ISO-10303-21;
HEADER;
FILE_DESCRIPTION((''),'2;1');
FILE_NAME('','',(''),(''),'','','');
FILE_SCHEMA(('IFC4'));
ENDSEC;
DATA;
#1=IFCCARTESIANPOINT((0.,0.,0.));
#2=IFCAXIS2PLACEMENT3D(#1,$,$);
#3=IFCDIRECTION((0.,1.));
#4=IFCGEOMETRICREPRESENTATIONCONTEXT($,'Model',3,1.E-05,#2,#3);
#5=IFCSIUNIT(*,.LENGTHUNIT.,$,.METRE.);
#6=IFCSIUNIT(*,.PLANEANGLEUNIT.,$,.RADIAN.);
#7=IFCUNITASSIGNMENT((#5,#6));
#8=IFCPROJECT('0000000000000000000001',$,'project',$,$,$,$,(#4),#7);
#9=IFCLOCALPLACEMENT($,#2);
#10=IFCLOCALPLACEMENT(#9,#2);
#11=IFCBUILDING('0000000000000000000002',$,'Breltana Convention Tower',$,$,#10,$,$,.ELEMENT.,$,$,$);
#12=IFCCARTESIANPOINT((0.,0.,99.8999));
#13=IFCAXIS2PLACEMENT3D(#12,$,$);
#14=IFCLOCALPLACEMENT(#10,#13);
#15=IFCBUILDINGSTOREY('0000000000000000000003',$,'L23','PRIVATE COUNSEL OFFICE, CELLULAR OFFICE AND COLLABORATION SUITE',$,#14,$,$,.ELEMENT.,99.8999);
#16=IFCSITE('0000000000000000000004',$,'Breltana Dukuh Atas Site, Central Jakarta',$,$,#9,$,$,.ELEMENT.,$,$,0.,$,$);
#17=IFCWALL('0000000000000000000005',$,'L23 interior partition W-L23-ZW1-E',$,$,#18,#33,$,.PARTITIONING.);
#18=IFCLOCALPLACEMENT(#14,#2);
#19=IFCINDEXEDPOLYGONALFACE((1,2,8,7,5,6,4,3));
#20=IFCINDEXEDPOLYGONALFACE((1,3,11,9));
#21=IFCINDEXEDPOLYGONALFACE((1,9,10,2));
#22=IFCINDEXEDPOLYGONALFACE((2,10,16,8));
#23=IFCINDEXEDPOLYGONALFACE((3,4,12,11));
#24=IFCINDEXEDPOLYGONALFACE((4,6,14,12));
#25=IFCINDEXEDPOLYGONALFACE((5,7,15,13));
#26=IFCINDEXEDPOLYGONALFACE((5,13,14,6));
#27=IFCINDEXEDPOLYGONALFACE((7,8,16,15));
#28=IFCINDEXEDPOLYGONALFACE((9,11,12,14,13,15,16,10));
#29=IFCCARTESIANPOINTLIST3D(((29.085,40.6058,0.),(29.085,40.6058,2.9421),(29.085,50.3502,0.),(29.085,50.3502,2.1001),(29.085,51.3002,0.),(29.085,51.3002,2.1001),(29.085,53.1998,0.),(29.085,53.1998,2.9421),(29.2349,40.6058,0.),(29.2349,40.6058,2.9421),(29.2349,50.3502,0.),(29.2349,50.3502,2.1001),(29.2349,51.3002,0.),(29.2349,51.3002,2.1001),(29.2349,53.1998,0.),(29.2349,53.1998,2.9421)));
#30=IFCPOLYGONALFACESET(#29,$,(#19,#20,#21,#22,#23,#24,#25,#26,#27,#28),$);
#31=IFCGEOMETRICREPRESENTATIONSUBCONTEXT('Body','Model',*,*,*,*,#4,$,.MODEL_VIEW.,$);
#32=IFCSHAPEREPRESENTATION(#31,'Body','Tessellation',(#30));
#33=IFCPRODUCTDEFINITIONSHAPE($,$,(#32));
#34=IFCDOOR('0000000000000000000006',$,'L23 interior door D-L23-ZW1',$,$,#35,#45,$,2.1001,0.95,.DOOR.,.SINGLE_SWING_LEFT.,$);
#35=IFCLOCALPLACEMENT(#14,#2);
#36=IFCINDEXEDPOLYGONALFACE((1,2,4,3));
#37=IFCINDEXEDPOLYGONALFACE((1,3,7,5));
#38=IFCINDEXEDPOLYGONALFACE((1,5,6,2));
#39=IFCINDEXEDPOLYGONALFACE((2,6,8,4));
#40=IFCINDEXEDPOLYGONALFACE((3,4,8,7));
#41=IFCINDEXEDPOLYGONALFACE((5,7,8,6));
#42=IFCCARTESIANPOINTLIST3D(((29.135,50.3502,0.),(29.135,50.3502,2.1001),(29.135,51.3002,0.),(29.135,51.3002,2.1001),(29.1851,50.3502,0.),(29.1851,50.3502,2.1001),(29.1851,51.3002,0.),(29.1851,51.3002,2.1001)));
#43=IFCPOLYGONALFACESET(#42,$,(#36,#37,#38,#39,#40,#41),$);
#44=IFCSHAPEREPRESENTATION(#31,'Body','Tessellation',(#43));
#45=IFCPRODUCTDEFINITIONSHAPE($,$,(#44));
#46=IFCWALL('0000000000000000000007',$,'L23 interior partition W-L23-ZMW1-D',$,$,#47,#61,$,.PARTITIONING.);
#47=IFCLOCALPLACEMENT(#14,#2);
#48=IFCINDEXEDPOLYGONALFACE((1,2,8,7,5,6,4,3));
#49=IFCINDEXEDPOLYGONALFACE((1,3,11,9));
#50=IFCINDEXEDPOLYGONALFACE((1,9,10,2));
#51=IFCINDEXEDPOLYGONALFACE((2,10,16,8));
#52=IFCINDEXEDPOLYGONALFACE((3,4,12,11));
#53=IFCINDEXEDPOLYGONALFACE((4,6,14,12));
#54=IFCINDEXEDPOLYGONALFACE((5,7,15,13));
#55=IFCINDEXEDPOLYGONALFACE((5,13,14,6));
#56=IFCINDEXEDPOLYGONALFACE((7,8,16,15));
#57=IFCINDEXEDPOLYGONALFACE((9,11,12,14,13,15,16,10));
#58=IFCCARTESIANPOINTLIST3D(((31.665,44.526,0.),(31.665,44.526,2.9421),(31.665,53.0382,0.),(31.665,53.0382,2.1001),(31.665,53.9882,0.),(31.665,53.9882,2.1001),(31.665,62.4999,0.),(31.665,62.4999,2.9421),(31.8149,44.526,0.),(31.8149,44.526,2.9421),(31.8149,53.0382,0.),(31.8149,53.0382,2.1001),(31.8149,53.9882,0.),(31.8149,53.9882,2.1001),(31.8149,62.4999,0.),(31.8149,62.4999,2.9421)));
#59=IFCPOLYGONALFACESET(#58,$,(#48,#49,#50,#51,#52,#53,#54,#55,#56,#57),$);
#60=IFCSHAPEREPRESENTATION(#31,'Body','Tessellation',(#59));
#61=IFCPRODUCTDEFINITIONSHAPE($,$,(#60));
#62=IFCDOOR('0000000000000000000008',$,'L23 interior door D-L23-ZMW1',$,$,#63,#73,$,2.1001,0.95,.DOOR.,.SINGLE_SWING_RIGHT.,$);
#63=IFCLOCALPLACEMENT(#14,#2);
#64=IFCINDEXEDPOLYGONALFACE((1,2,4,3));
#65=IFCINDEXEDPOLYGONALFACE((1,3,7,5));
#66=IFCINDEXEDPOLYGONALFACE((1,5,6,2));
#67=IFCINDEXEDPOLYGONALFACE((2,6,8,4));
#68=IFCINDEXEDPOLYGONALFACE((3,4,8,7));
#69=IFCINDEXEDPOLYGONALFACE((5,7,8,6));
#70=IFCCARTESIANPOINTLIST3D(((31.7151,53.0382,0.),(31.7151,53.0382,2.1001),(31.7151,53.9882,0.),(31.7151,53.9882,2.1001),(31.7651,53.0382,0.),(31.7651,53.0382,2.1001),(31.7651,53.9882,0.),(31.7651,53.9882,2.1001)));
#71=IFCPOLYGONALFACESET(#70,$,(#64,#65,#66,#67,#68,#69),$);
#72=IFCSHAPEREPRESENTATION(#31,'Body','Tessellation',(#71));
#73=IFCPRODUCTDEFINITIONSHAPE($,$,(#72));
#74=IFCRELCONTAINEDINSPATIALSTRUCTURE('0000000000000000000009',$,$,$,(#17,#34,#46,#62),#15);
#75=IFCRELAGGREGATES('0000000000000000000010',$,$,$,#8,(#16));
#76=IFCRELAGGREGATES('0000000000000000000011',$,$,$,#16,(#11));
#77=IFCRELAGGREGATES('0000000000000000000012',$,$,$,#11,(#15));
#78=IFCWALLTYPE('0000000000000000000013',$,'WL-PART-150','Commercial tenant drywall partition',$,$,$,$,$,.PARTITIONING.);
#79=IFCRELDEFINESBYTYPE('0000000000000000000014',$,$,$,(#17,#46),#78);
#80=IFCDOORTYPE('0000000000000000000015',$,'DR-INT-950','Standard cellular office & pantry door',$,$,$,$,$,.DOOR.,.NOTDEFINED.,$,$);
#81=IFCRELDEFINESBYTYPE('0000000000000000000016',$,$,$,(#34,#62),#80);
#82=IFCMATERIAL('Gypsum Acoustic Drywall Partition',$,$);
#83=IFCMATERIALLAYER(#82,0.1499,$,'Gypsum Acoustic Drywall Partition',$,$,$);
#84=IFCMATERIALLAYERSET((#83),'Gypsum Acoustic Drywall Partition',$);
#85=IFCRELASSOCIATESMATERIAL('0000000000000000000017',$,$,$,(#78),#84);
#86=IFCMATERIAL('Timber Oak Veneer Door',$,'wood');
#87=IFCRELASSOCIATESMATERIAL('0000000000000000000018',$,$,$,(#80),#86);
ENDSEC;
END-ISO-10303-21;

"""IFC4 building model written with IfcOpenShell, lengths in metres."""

from ifc_helpers import new_model, si_unit, direction, frame, frame_2d, origin, place, context, subcontext, project, spatial, rectangle, extrude, source, transform, mapped, material, layer, layer_set, type_object, type_shapes, element, fill, save


model = new_model("IFC4")

# Units and contexts
model_context = context("Model", 3, precision=1e-05, world=origin(), true_north=direction((0.0, 1.0)))
body_context = subcontext(model_context, "Body", "Model", "MODEL_VIEW")
ifc_project = project(units=[si_unit("LENGTHUNIT", "METRE"), si_unit("PLANEANGLEUNIT", "RADIAN")], contexts=[model_context])

# Site, building, storey
site_placement = place(None, origin())
site = spatial("IfcSite", under=ifc_project, at=site_placement, Name="Breltana Dukuh Atas Site, Central Jakarta", CompositionType="ELEMENT", RefElevation=0.0)
building_placement = place(site_placement, origin())
building = spatial("IfcBuilding", under=site, at=building_placement, Name="Breltana Convention Tower", CompositionType="ELEMENT")
storey_placement = place(building_placement, frame((0.0, 0.0, 99.8999)))
storey = spatial("IfcBuildingStorey", under=building, at=storey_placement, Name="L23", Description="PRIVATE COUNSEL OFFICE, CELLULAR OFFICE AND COLLABORATION SUITE", CompositionType="ELEMENT", Elevation=99.8999)

# Walls, openings, doors
ifc_material_1 = material(Name="Gypsum Acoustic Drywall Partition")
ifc_layer_1 = layer(ifc_material_1, 0.1499, Name="Gypsum Acoustic Drywall Partition")
ifc_layer_set_1 = layer_set([ifc_layer_1], Name="Gypsum Acoustic Drywall Partition")
wall_type_1 = type_object("IfcWallType", Name="WL-PART-150", Description="Commercial tenant drywall partition", PredefinedType="PARTITIONING", material=ifc_layer_set_1)
shared_shape_1 = source(origin(), body_context, "Body", "SweptSolid", [
    extrude(rectangle(XDim=12.594, YDim=0.1499, at=frame_2d((6.2969, 0.0))), origin(), (0.0, 0.0, 1.0), 2.9421),
])
wall_1_placement = place(storey_placement, frame((29.1599, 40.606, 0.0), z_axis=(0.0, 0.0, 1.0), x_axis=(0.0, 1.0, 0.0)))
wall_1 = element("IfcWall", 1, at=wall_1_placement, inside=storey, type_object=wall_type_1, Name="L23 interior partition W-L23-ZW1-E", PredefinedType="PARTITIONING", context=body_context, shape_type="MappedRepresentation", body=[
    mapped(shared_shape_1, transform((0.0, 0.0, 0.0), scale=1.0)),
])
opening_1_placement = place(wall_1_placement, frame((9.7441, 0.0, 0.0)))
opening_1 = element("IfcOpeningElement", 2, at=opening_1_placement, cuts=wall_1, PredefinedType="OPENING", context=body_context, shape_type="SweptSolid", body=[
    extrude(rectangle(XDim=0.95, YDim=2.1001, at=frame_2d((0.4751, 1.05))), frame((0.0, 0.085, 0.0), z_axis=(0.0, -1.0, 0.0), x_axis=(1.0, 0.0, 0.0)), (0.0, 0.0, 1.0), 0.1699),
])
ifc_material_2 = material(Name="Timber Oak Veneer Door", Category="wood")
door_type = type_object("IfcDoorType", Name="DR-INT-950", Description="Standard cellular office & pantry door", OperationType="NOTDEFINED", PredefinedType="DOOR", material=ifc_material_2)
shared_shape_2 = source(origin(), body_context, "Body", "SweptSolid", [
    extrude(rectangle(XDim=0.95, YDim=2.1001, at=frame_2d((0.4751, 1.05))), frame((0.0, 0.0249, 0.0), z_axis=(0.0, -1.0, 0.0), x_axis=(1.0, 0.0, 0.0)), (0.0, 0.0, 1.0), 0.05),
])
type_shapes(door_type, [shared_shape_2])
door_1_placement = place(opening_1_placement, origin())
door_1 = element("IfcDoor", 3, at=door_1_placement, inside=storey, type_object=door_type, Name="L23 interior door D-L23-ZW1", OperationType="SINGLE_SWING_LEFT", OverallHeight=2.1001, OverallWidth=0.95, PredefinedType="DOOR", context=body_context, shape_type="MappedRepresentation", body=[
    mapped(shared_shape_2, transform((0.0, 0.0, 0.0), scale=1.0)),
])
fill(opening_1, door_1)
shared_shape_3 = source(origin(), body_context, "Body", "SweptSolid", [
    extrude(rectangle(XDim=17.9739, YDim=0.1499, at=frame_2d((8.9868, 0.0))), origin(), (0.0, 0.0, 1.0), 2.9421),
])
wall_2_placement = place(storey_placement, frame((31.74, 44.5261, 0.0), z_axis=(0.0, 0.0, 1.0), x_axis=(0.0, 1.0, 0.0)))
wall_2 = element("IfcWall", 4, at=wall_2_placement, inside=storey, type_object=wall_type_1, Name="L23 interior partition W-L23-ZMW1-D", PredefinedType="PARTITIONING", context=body_context, shape_type="MappedRepresentation", body=[
    mapped(shared_shape_3, transform((0.0, 0.0, 0.0), scale=1.0)),
])
opening_2_placement = place(wall_2_placement, frame((8.512, 0.0, 0.0)))
opening_2 = element("IfcOpeningElement", 5, at=opening_2_placement, cuts=wall_2, PredefinedType="OPENING", context=body_context, shape_type="SweptSolid", body=[
    extrude(rectangle(XDim=0.95, YDim=2.1001, at=frame_2d((0.4751, 1.05))), frame((0.0, 0.085, 0.0), z_axis=(0.0, -1.0, 0.0), x_axis=(1.0, 0.0, 0.0)), (0.0, 0.0, 1.0), 0.1699),
])
door_2_placement = place(opening_2_placement, origin())
door_2 = element("IfcDoor", 6, at=door_2_placement, inside=storey, type_object=door_type, Name="L23 interior door D-L23-ZMW1", OperationType="SINGLE_SWING_RIGHT", OverallHeight=2.1001, OverallWidth=0.95, PredefinedType="DOOR", context=body_context, shape_type="MappedRepresentation", body=[
    mapped(shared_shape_2, transform((0.0, 0.0, 0.0), scale=1.0)),
])
fill(opening_2, door_2)

save(model, "model.ifc")
